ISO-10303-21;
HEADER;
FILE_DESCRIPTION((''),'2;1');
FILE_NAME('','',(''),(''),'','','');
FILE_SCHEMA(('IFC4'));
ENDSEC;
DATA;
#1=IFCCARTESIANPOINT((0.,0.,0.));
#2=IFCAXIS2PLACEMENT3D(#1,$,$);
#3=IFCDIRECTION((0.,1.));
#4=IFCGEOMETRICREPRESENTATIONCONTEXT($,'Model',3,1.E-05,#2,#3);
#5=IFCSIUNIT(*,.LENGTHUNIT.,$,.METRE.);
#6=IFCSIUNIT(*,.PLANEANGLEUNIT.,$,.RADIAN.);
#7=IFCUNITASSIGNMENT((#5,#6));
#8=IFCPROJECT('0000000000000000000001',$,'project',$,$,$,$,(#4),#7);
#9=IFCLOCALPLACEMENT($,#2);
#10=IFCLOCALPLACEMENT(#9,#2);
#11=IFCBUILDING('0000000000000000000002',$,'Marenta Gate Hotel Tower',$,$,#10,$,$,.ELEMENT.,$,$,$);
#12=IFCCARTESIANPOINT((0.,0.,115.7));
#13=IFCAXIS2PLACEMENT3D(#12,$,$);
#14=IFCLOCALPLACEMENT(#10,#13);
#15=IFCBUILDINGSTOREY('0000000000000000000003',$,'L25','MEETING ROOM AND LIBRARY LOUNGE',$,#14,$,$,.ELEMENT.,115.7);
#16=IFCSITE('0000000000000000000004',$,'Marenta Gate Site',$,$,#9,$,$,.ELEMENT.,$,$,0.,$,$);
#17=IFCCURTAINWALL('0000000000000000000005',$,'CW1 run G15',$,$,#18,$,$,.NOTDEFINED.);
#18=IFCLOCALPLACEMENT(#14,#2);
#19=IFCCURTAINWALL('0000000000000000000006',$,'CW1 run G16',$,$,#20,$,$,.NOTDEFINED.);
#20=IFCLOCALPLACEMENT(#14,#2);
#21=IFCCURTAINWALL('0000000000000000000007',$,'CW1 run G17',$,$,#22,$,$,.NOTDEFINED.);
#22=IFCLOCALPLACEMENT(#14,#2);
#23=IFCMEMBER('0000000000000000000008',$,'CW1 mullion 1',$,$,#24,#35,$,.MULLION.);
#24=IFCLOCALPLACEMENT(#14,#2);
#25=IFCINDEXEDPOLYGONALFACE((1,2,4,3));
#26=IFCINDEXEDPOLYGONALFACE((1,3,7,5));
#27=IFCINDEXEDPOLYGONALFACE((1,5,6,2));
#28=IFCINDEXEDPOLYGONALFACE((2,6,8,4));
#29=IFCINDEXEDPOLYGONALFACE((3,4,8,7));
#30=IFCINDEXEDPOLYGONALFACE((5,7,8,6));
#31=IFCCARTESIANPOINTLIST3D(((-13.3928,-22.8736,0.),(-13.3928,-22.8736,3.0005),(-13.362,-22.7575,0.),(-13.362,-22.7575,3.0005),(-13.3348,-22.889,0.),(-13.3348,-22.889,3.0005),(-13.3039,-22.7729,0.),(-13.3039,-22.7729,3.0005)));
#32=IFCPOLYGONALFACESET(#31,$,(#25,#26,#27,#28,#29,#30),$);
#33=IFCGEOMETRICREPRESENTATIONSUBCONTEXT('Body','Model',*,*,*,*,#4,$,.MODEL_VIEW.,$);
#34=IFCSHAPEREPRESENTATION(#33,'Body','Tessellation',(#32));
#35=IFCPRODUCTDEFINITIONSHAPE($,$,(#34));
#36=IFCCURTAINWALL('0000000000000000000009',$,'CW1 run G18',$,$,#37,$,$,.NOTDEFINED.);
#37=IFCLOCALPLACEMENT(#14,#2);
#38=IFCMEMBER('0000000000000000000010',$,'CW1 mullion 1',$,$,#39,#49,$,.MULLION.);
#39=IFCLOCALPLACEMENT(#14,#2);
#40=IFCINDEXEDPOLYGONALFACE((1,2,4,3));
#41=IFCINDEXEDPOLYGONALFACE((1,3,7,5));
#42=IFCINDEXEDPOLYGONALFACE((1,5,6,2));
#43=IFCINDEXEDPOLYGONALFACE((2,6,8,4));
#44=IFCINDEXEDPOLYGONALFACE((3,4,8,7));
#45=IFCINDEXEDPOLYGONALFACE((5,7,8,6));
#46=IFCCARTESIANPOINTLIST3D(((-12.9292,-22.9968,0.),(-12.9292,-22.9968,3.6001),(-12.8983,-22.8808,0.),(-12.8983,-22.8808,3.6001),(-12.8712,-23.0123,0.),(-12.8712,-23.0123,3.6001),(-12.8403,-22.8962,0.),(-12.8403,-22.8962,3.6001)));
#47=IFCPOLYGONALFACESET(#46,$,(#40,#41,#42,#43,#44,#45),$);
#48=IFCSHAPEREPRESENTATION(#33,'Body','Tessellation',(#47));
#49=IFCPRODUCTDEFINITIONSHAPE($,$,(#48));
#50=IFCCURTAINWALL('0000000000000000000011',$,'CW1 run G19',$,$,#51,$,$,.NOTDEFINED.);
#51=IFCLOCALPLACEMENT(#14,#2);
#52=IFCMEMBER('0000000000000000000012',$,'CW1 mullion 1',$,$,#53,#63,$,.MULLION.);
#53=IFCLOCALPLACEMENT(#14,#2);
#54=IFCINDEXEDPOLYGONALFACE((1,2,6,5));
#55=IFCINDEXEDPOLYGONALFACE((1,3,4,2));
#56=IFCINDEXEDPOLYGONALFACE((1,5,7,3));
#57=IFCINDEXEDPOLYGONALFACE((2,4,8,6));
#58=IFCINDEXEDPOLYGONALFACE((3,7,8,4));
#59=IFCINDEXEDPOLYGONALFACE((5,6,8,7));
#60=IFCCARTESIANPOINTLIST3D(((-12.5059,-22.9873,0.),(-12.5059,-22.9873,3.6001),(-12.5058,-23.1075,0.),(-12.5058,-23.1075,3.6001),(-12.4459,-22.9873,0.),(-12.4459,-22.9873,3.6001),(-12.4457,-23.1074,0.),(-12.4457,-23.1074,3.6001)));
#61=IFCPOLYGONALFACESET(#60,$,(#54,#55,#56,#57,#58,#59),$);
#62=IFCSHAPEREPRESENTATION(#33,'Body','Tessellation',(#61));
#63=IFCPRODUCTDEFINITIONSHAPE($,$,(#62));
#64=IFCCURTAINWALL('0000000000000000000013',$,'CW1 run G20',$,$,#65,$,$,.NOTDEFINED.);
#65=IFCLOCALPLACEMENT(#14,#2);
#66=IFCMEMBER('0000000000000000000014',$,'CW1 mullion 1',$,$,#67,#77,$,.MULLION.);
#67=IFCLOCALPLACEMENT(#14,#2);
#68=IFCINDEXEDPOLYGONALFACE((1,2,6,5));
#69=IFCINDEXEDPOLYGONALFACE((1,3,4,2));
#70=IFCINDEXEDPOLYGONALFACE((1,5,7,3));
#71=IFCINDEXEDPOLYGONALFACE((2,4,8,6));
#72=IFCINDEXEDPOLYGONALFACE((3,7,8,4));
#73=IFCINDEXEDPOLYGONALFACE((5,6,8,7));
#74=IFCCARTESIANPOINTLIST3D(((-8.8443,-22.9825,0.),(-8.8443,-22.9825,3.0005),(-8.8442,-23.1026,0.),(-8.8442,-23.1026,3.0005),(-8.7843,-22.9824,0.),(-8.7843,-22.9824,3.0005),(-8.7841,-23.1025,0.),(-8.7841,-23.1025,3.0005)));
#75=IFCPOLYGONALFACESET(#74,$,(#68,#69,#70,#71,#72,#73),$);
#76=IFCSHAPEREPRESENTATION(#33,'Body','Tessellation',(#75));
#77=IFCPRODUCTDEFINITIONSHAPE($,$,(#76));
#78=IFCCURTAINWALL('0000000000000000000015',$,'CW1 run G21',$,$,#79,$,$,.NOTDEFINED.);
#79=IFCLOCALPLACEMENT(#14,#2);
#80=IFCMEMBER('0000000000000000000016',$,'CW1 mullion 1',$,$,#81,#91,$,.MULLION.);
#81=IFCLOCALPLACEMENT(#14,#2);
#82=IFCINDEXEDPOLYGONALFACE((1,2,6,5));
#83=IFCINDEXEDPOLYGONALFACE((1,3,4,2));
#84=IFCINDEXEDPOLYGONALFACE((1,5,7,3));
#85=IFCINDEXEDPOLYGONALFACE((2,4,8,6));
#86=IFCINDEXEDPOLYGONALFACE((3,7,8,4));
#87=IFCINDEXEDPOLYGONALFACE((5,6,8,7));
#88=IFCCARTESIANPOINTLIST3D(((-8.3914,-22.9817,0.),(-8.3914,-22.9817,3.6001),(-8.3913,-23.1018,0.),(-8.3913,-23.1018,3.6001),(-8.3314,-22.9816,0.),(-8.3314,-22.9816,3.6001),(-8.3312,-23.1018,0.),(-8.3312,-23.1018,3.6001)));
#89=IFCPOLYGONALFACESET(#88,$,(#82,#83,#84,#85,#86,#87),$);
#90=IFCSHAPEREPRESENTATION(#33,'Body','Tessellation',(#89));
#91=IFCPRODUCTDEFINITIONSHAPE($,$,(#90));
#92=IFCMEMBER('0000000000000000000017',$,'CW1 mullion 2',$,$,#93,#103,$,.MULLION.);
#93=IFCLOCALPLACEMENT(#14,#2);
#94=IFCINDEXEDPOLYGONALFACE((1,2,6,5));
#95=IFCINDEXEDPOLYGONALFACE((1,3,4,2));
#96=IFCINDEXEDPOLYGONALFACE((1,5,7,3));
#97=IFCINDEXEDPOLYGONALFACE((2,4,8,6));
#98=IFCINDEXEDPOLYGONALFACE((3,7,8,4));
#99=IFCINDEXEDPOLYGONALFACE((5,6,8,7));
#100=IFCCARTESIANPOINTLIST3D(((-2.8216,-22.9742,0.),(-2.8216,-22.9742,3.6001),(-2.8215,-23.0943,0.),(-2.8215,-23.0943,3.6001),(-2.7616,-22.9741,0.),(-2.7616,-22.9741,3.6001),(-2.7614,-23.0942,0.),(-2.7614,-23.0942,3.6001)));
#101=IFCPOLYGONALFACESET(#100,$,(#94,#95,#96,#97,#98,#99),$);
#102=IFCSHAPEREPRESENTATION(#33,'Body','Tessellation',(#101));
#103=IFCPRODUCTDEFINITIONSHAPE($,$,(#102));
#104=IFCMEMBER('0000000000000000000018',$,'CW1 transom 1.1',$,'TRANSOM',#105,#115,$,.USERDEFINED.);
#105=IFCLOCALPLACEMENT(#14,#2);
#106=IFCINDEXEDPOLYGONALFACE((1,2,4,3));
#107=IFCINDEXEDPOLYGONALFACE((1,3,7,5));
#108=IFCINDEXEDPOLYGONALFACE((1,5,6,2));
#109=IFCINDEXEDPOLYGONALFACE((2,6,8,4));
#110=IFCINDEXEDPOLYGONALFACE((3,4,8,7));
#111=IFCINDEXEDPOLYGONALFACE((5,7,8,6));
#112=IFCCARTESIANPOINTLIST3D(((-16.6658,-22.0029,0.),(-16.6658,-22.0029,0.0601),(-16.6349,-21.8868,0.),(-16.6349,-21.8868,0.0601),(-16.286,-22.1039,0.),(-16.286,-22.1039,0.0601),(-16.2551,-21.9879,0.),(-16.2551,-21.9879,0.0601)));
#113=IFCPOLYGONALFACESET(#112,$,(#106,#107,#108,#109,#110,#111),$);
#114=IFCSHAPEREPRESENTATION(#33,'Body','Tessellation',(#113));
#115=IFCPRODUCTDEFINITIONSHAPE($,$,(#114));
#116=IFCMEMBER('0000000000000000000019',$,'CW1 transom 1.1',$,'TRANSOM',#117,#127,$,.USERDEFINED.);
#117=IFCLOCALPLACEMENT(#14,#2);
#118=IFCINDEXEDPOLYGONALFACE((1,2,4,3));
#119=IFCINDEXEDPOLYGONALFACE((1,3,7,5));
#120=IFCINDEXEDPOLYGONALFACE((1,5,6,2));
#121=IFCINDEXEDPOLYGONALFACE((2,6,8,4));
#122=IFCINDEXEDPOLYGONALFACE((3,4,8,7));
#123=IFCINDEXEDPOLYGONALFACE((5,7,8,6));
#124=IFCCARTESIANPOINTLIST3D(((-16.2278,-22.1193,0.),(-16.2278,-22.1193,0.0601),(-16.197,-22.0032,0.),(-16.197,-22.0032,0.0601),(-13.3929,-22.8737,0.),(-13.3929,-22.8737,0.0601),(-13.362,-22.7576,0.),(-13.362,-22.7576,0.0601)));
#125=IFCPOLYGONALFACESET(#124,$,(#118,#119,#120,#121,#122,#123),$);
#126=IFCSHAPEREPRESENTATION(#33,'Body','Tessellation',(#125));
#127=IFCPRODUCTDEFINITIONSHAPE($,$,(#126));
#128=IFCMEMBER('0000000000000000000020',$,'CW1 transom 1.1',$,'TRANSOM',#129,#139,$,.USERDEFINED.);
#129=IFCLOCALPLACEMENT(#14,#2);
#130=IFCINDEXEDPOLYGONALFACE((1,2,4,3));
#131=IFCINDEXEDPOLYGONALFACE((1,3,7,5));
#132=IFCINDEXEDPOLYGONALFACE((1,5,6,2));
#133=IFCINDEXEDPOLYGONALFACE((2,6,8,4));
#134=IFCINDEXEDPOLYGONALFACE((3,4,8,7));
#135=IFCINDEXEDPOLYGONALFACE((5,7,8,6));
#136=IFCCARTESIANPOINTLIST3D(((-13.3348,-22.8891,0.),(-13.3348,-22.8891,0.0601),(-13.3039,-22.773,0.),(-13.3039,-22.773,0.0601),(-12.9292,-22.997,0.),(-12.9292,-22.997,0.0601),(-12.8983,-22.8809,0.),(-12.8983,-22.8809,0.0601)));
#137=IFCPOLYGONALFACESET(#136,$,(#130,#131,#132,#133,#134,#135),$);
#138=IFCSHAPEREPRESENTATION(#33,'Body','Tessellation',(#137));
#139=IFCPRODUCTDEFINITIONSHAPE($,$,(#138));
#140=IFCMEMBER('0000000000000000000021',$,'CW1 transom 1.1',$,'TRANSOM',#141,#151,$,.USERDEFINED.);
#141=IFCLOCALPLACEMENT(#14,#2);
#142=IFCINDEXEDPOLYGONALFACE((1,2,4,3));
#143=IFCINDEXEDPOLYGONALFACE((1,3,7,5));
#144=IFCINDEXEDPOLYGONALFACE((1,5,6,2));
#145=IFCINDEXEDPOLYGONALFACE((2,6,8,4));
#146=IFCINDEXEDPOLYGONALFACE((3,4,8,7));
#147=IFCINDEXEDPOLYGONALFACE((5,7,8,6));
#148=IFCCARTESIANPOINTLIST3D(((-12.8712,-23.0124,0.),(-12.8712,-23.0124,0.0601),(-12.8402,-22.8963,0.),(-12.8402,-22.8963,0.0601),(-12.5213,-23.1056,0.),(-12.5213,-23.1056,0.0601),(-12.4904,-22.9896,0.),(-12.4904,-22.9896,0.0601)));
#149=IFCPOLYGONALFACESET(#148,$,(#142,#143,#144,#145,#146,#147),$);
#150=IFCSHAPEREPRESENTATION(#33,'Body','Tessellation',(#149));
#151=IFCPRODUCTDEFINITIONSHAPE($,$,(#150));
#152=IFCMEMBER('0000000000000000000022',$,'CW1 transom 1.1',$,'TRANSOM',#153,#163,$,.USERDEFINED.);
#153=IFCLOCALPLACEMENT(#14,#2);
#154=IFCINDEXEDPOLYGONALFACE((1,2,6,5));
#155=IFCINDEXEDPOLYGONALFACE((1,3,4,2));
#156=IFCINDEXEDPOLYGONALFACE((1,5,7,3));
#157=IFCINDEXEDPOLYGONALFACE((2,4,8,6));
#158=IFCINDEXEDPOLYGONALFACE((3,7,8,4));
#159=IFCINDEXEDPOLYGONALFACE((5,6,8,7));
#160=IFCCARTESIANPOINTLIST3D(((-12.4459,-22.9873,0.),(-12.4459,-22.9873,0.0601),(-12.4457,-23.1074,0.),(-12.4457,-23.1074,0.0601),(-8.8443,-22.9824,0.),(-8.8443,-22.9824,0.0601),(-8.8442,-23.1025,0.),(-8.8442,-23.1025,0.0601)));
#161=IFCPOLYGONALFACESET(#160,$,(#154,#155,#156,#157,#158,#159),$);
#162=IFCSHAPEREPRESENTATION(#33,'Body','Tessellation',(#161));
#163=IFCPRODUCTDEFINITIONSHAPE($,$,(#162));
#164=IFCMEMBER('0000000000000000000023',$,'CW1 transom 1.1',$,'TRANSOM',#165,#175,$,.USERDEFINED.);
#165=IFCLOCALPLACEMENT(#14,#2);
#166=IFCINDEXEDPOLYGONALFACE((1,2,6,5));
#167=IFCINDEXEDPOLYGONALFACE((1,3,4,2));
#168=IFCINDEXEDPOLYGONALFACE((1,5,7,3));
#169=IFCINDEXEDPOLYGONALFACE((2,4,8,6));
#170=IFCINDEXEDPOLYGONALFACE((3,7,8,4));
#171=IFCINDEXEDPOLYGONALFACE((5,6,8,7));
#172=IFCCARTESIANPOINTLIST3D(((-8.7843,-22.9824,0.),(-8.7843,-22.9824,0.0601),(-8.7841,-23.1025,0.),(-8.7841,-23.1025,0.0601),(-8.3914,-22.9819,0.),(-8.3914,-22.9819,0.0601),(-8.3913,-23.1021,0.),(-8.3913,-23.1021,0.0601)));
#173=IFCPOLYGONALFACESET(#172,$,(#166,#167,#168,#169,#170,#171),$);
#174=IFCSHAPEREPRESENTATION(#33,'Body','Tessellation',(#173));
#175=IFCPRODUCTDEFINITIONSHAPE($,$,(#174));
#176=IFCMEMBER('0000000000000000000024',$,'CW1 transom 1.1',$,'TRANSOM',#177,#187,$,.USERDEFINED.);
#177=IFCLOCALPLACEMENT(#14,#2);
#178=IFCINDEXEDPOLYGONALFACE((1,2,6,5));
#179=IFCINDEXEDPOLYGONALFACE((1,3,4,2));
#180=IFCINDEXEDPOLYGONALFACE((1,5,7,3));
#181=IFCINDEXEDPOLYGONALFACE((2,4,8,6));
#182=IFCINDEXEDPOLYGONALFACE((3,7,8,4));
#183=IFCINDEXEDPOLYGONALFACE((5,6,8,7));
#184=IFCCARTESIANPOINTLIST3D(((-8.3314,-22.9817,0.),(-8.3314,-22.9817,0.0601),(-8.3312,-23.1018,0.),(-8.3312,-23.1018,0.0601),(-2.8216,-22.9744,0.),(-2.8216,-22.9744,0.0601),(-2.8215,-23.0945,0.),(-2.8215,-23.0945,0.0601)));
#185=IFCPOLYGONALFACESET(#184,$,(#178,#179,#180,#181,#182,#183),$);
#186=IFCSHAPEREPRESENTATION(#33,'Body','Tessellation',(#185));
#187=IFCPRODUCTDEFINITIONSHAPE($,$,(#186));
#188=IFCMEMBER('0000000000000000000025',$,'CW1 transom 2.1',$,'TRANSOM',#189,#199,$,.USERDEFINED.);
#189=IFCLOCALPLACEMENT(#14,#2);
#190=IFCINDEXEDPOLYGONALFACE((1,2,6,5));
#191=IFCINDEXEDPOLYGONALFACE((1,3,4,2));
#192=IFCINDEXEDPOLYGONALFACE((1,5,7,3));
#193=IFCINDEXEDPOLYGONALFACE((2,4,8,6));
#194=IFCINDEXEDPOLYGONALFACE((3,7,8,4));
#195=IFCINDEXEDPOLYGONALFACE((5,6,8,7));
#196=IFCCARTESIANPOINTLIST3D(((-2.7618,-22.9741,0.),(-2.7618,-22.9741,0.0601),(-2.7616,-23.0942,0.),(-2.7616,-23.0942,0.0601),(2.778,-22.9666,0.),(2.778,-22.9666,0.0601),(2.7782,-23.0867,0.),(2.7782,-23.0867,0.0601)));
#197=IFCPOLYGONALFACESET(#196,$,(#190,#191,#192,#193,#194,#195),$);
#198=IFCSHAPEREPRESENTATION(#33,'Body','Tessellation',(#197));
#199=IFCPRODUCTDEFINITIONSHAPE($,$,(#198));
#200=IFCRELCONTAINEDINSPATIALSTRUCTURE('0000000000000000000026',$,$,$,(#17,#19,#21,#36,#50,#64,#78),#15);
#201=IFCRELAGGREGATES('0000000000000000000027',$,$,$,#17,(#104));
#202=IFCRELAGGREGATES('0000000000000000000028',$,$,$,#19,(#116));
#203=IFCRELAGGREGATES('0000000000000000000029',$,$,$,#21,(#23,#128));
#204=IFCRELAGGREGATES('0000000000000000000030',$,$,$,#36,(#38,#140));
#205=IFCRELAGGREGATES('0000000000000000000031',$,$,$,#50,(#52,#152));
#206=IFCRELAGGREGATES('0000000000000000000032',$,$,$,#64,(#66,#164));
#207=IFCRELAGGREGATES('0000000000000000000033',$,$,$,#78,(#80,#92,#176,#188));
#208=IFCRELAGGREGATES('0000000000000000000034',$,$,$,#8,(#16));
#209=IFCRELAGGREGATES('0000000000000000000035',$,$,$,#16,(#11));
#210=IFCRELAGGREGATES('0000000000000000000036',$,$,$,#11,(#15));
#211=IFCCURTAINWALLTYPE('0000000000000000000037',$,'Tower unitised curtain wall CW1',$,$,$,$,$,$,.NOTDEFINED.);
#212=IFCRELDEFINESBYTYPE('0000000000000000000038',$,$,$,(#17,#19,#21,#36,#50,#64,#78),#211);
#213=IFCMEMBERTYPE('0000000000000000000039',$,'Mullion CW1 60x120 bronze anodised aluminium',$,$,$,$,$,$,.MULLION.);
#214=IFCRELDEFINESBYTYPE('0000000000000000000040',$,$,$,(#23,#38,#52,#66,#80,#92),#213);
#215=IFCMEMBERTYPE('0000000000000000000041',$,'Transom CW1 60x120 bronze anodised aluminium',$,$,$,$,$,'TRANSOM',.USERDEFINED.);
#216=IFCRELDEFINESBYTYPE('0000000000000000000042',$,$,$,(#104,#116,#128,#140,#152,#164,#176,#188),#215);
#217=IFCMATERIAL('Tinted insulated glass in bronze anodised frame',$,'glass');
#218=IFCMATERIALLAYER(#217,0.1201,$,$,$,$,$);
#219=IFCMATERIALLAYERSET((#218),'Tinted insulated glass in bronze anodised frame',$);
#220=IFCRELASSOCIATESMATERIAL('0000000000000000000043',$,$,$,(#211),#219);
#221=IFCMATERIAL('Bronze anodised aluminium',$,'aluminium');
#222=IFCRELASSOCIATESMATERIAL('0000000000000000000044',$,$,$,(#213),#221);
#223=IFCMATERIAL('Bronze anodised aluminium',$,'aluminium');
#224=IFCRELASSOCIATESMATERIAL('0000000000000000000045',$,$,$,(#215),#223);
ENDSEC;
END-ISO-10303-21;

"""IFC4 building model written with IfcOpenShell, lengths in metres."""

from ifc_helpers import new_model, si_unit, direction, frame, origin, origin_2d, place, context, subcontext, project, spatial, rectangle, extrude, material, layer, layer_set, material_profile, profile_set, type_object, element, aggregate, save


model = new_model("IFC4")

# Units and contexts
model_context = context("Model", 3, precision=1e-05, world=origin(), true_north=direction((0.0, 1.0)))
body_context = subcontext(model_context, "Body", "Model", "MODEL_VIEW")
ifc_project = project(units=[si_unit("LENGTHUNIT", "METRE"), si_unit("PLANEANGLEUNIT", "RADIAN")], contexts=[model_context])

# Site, building, storey
site_placement = place(None, origin())
site = spatial("IfcSite", under=ifc_project, at=site_placement, Name="Marenta Gate Site", CompositionType="ELEMENT", RefElevation=0.0)
building_placement = place(site_placement, origin())
building = spatial("IfcBuilding", under=site, at=building_placement, Name="Marenta Gate Hotel Tower", CompositionType="ELEMENT")
storey_placement = place(building_placement, frame((0.0, 0.0, 115.7)))
storey = spatial("IfcBuildingStorey", under=building, at=storey_placement, Name="L25", Description="MEETING ROOM AND LIBRARY LOUNGE", CompositionType="ELEMENT", Elevation=115.7)

# Curtain walls, members
ifc_material_1 = material(Name="Tinted insulated glass in bronze anodised frame", Category="glass")
ifc_layer_1 = layer(ifc_material_1, 0.1201)
ifc_layer_set_1 = layer_set([ifc_layer_1], Name="Tinted insulated glass in bronze anodised frame")
curtain_wall_type = type_object("IfcCurtainWallType", Name="Tower unitised curtain wall CW1", PredefinedType="NOTDEFINED", material=ifc_layer_set_1)
curtain_wall_1_placement = place(storey_placement, origin())
curtain_wall_1 = element("IfcCurtainWall", 1, at=curtain_wall_1_placement, inside=storey, type_object=curtain_wall_type, Name="CW1 run G15", PredefinedType="NOTDEFINED")
ifc_material_2 = material(Name="Bronze anodised aluminium", Category="aluminium")
ifc_material_profile_1 = material_profile(ifc_material_2, rectangle(XDim=0.1201, YDim=0.0601, at=origin_2d()), Name="Mullion CW1 60x120 bronze anodised aluminium")
ifc_profile_set_1 = profile_set([ifc_material_profile_1], Name="Bronze anodised aluminium")
member_type_1 = type_object("IfcMemberType", Name="Mullion CW1 60x120 bronze anodised aluminium", PredefinedType="MULLION", material=ifc_profile_set_1)
curtain_wall_2_placement = place(storey_placement, origin())
curtain_wall_2 = element("IfcCurtainWall", 2, at=curtain_wall_2_placement, inside=storey, type_object=curtain_wall_type, Name="CW1 run G16", PredefinedType="NOTDEFINED")
curtain_wall_3_placement = place(storey_placement, origin())
curtain_wall_3 = element("IfcCurtainWall", 3, at=curtain_wall_3_placement, inside=storey, type_object=curtain_wall_type, Name="CW1 run G17", PredefinedType="NOTDEFINED")
member_1_placement = place(storey_placement, frame((-13.3484, -22.8232, 0.0), z_axis=(0.0, 0.0, 1.0), x_axis=(0.257027, 0.966404, 0.0)))
member_1 = element("IfcMember", 4, at=member_1_placement, type_object=member_type_1, Name="CW1 mullion 1", PredefinedType="MULLION", context=body_context, shape_type="SweptSolid", body=[
    extrude(rectangle(XDim=0.1201, YDim=0.0601, at=origin_2d()), origin(), (0.0, 0.0, 1.0), 3.0005),
])
curtain_wall_4_placement = place(storey_placement, origin())
curtain_wall_4 = element("IfcCurtainWall", 5, at=curtain_wall_4_placement, inside=storey, type_object=curtain_wall_type, Name="CW1 run G18", PredefinedType="NOTDEFINED")
member_2_placement = place(storey_placement, frame((-12.8848, -22.9465, 0.0), z_axis=(0.0, 0.0, 1.0), x_axis=(0.257279, 0.966337, 0.0)))
member_2 = element("IfcMember", 6, at=member_2_placement, type_object=member_type_1, Name="CW1 mullion 1", PredefinedType="MULLION", context=body_context, shape_type="SweptSolid", body=[
    extrude(rectangle(XDim=0.1201, YDim=0.0601, at=origin_2d()), origin(), (0.0, 0.0, 1.0), 3.6001),
])
curtain_wall_5_placement = place(storey_placement, origin())
curtain_wall_5 = element("IfcCurtainWall", 7, at=curtain_wall_5_placement, inside=storey, type_object=curtain_wall_type, Name="CW1 run G19", PredefinedType="NOTDEFINED")
member_3_placement = place(storey_placement, frame((-12.4758, -23.0474, 0.0), z_axis=(0.0, 0.0, 1.0), x_axis=(-0.001366, 0.999999, 0.0)))
member_3 = element("IfcMember", 8, at=member_3_placement, type_object=member_type_1, Name="CW1 mullion 1", PredefinedType="MULLION", context=body_context, shape_type="SweptSolid", body=[
    extrude(rectangle(XDim=0.1201, YDim=0.0601, at=origin_2d()), origin(), (0.0, 0.0, 1.0), 3.6001),
])
curtain_wall_6_placement = place(storey_placement, origin())
curtain_wall_6 = element("IfcCurtainWall", 9, at=curtain_wall_6_placement, inside=storey, type_object=curtain_wall_type, Name="CW1 run G20", PredefinedType="NOTDEFINED")
member_4_placement = place(storey_placement, frame((-8.8142, -23.0425, 0.0), z_axis=(0.0, 0.0, 1.0), x_axis=(-0.001325, 0.999999, 0.0)))
member_4 = element("IfcMember", 10, at=member_4_placement, type_object=member_type_1, Name="CW1 mullion 1", PredefinedType="MULLION", context=body_context, shape_type="SweptSolid", body=[
    extrude(rectangle(XDim=0.1201, YDim=0.0601, at=origin_2d()), origin(), (0.0, 0.0, 1.0), 3.0005),
])

# Curtain wall, members
curtain_wall_7_placement = place(storey_placement, origin())
curtain_wall_7 = element("IfcCurtainWall", 11, at=curtain_wall_7_placement, inside=storey, type_object=curtain_wall_type, Name="CW1 run G21", PredefinedType="NOTDEFINED")
member_5_placement = place(storey_placement, frame((-8.3613, -23.0417, 0.0), z_axis=(0.0, 0.0, 1.0), x_axis=(-0.001363, 0.999999, 0.0)))
member_5 = element("IfcMember", 12, at=member_5_placement, type_object=member_type_1, Name="CW1 mullion 1", PredefinedType="MULLION", context=body_context, shape_type="SweptSolid", body=[
    extrude(rectangle(XDim=0.1201, YDim=0.0601, at=origin_2d()), origin(), (0.0, 0.0, 1.0), 3.6001),
])
member_6_placement = place(storey_placement, frame((-2.7915, -23.0342, 0.0), z_axis=(0.0, 0.0, 1.0), x_axis=(-0.001363, 0.999999, 0.0)))
member_6 = element("IfcMember", 13, at=member_6_placement, type_object=member_type_1, Name="CW1 mullion 2", PredefinedType="MULLION", context=body_context, shape_type="SweptSolid", body=[
    extrude(rectangle(XDim=0.1201, YDim=0.0601, at=origin_2d()), origin(), (0.0, 0.0, 1.0), 3.6001),
])

# Members
ifc_material_3 = material(Name="Bronze anodised aluminium", Category="aluminium")
ifc_material_profile_2 = material_profile(ifc_material_3, rectangle(XDim=0.1201, YDim=0.0601, at=origin_2d()), Name="Transom CW1 60x120 bronze anodised aluminium")
ifc_profile_set_2 = profile_set([ifc_material_profile_2], Name="Bronze anodised aluminium")
member_type_2 = type_object("IfcMemberType", Name="Transom CW1 60x120 bronze anodised aluminium", ElementType="TRANSOM", PredefinedType="USERDEFINED", material=ifc_profile_set_2)
member_7_placement = place(storey_placement, frame((-16.6504, -21.9448, 0.03), z_axis=(0.966379, -0.257121, 0.0), x_axis=(0.257121, 0.966379, 0.0)))
member_7 = element("IfcMember", 14, at=member_7_placement, type_object=member_type_2, Name="CW1 transom 1.1", ObjectType="TRANSOM", PredefinedType="USERDEFINED", context=body_context, shape_type="SweptSolid", body=[
    extrude(rectangle(XDim=0.1201, YDim=0.0601, at=origin_2d()), origin(), (0.0, 0.0, 1.0), 0.3931),
])
member_8_placement = place(storey_placement, frame((-16.2124, -22.0613, 0.03), z_axis=(0.96637, -0.257155, 0.0), x_axis=(0.257155, 0.96637, 0.0)))
member_8 = element("IfcMember", 15, at=member_8_placement, type_object=member_type_2, Name="CW1 transom 1.1", ObjectType="TRANSOM", PredefinedType="USERDEFINED", context=body_context, shape_type="SweptSolid", body=[
    extrude(rectangle(XDim=0.1201, YDim=0.0601, at=origin_2d()), origin(), (0.0, 0.0, 1.0), 2.9336),
])
member_9_placement = place(storey_placement, frame((-13.3193, -22.8311, 0.03), z_axis=(0.96637, -0.257156, 0.0), x_axis=(0.257156, 0.96637, 0.0)))
member_9 = element("IfcMember", 16, at=member_9_placement, type_object=member_type_2, Name="CW1 transom 1.1", ObjectType="TRANSOM", PredefinedType="USERDEFINED", context=body_context, shape_type="SweptSolid", body=[
    extrude(rectangle(XDim=0.1201, YDim=0.0601, at=origin_2d()), origin(), (0.0, 0.0, 1.0), 0.4197),
])
member_10_placement = place(storey_placement, frame((-12.8557, -22.9543, 0.03), z_axis=(0.966257, -0.257579, 0.0), x_axis=(0.257579, 0.966257, 0.0)))
member_10 = element("IfcMember", 17, at=member_10_placement, type_object=member_type_2, Name="CW1 transom 1.1", ObjectType="TRANSOM", PredefinedType="USERDEFINED", context=body_context, shape_type="SweptSolid", body=[
    extrude(rectangle(XDim=0.1201, YDim=0.0601, at=origin_2d()), origin(), (0.0, 0.0, 1.0), 0.3621),
])
member_11_placement = place(storey_placement, frame((-12.4458, -23.0474, 0.03), z_axis=(0.999999, 0.001356, 0.0), x_axis=(-0.001356, 0.999999, 0.0)))
member_11 = element("IfcMember", 18, at=member_11_placement, type_object=member_type_2, Name="CW1 transom 1.1", ObjectType="TRANSOM", PredefinedType="USERDEFINED", context=body_context, shape_type="SweptSolid", body=[
    extrude(rectangle(XDim=0.1201, YDim=0.0601, at=origin_2d()), origin(), (0.0, 0.0, 1.0), 3.6016),
])
member_12_placement = place(storey_placement, frame((-8.7842, -23.0425, 0.03), z_axis=(0.999999, 0.001243, 0.0), x_axis=(-0.001243, 0.999999, 0.0)))
member_12 = element("IfcMember", 19, at=member_12_placement, type_object=member_type_2, Name="CW1 transom 1.1", ObjectType="TRANSOM", PredefinedType="USERDEFINED", context=body_context, shape_type="SweptSolid", body=[
    extrude(rectangle(XDim=0.1201, YDim=0.0601, at=origin_2d()), origin(), (0.0, 0.0, 1.0), 0.3928),
])
member_13_placement = place(storey_placement, frame((-8.3313, -23.0417, 0.03), z_axis=(0.999999, 0.001329, 0.0), x_axis=(-0.001329, 0.999999, 0.0)))
member_13 = element("IfcMember", 20, at=member_13_placement, type_object=member_type_2, Name="CW1 transom 1.1", ObjectType="TRANSOM", PredefinedType="USERDEFINED", context=body_context, shape_type="SweptSolid", body=[
    extrude(rectangle(XDim=0.1201, YDim=0.0601, at=origin_2d()), origin(), (0.0, 0.0, 1.0), 5.5098),
])
member_14_placement = place(storey_placement, frame((-2.7617, -23.0342, 0.03), z_axis=(0.999999, 0.001366, 0.0), x_axis=(-0.001366, 0.999999, 0.0)))
member_14 = element("IfcMember", 21, at=member_14_placement, type_object=member_type_2, Name="CW1 transom 2.1", ObjectType="TRANSOM", PredefinedType="USERDEFINED", context=body_context, shape_type="SweptSolid", body=[
    extrude(rectangle(XDim=0.1201, YDim=0.0601, at=origin_2d()), origin(), (0.0, 0.0, 1.0), 5.5398),
])

aggregate(curtain_wall_1, [member_7])
aggregate(curtain_wall_2, [member_8])
aggregate(curtain_wall_3, [member_1, member_9])
aggregate(curtain_wall_4, [member_2, member_10])
aggregate(curtain_wall_5, [member_3, member_11])
aggregate(curtain_wall_6, [member_4, member_12])
aggregate(curtain_wall_7, [member_5, member_6, member_13, member_14])

save(model, "model.ifc")
